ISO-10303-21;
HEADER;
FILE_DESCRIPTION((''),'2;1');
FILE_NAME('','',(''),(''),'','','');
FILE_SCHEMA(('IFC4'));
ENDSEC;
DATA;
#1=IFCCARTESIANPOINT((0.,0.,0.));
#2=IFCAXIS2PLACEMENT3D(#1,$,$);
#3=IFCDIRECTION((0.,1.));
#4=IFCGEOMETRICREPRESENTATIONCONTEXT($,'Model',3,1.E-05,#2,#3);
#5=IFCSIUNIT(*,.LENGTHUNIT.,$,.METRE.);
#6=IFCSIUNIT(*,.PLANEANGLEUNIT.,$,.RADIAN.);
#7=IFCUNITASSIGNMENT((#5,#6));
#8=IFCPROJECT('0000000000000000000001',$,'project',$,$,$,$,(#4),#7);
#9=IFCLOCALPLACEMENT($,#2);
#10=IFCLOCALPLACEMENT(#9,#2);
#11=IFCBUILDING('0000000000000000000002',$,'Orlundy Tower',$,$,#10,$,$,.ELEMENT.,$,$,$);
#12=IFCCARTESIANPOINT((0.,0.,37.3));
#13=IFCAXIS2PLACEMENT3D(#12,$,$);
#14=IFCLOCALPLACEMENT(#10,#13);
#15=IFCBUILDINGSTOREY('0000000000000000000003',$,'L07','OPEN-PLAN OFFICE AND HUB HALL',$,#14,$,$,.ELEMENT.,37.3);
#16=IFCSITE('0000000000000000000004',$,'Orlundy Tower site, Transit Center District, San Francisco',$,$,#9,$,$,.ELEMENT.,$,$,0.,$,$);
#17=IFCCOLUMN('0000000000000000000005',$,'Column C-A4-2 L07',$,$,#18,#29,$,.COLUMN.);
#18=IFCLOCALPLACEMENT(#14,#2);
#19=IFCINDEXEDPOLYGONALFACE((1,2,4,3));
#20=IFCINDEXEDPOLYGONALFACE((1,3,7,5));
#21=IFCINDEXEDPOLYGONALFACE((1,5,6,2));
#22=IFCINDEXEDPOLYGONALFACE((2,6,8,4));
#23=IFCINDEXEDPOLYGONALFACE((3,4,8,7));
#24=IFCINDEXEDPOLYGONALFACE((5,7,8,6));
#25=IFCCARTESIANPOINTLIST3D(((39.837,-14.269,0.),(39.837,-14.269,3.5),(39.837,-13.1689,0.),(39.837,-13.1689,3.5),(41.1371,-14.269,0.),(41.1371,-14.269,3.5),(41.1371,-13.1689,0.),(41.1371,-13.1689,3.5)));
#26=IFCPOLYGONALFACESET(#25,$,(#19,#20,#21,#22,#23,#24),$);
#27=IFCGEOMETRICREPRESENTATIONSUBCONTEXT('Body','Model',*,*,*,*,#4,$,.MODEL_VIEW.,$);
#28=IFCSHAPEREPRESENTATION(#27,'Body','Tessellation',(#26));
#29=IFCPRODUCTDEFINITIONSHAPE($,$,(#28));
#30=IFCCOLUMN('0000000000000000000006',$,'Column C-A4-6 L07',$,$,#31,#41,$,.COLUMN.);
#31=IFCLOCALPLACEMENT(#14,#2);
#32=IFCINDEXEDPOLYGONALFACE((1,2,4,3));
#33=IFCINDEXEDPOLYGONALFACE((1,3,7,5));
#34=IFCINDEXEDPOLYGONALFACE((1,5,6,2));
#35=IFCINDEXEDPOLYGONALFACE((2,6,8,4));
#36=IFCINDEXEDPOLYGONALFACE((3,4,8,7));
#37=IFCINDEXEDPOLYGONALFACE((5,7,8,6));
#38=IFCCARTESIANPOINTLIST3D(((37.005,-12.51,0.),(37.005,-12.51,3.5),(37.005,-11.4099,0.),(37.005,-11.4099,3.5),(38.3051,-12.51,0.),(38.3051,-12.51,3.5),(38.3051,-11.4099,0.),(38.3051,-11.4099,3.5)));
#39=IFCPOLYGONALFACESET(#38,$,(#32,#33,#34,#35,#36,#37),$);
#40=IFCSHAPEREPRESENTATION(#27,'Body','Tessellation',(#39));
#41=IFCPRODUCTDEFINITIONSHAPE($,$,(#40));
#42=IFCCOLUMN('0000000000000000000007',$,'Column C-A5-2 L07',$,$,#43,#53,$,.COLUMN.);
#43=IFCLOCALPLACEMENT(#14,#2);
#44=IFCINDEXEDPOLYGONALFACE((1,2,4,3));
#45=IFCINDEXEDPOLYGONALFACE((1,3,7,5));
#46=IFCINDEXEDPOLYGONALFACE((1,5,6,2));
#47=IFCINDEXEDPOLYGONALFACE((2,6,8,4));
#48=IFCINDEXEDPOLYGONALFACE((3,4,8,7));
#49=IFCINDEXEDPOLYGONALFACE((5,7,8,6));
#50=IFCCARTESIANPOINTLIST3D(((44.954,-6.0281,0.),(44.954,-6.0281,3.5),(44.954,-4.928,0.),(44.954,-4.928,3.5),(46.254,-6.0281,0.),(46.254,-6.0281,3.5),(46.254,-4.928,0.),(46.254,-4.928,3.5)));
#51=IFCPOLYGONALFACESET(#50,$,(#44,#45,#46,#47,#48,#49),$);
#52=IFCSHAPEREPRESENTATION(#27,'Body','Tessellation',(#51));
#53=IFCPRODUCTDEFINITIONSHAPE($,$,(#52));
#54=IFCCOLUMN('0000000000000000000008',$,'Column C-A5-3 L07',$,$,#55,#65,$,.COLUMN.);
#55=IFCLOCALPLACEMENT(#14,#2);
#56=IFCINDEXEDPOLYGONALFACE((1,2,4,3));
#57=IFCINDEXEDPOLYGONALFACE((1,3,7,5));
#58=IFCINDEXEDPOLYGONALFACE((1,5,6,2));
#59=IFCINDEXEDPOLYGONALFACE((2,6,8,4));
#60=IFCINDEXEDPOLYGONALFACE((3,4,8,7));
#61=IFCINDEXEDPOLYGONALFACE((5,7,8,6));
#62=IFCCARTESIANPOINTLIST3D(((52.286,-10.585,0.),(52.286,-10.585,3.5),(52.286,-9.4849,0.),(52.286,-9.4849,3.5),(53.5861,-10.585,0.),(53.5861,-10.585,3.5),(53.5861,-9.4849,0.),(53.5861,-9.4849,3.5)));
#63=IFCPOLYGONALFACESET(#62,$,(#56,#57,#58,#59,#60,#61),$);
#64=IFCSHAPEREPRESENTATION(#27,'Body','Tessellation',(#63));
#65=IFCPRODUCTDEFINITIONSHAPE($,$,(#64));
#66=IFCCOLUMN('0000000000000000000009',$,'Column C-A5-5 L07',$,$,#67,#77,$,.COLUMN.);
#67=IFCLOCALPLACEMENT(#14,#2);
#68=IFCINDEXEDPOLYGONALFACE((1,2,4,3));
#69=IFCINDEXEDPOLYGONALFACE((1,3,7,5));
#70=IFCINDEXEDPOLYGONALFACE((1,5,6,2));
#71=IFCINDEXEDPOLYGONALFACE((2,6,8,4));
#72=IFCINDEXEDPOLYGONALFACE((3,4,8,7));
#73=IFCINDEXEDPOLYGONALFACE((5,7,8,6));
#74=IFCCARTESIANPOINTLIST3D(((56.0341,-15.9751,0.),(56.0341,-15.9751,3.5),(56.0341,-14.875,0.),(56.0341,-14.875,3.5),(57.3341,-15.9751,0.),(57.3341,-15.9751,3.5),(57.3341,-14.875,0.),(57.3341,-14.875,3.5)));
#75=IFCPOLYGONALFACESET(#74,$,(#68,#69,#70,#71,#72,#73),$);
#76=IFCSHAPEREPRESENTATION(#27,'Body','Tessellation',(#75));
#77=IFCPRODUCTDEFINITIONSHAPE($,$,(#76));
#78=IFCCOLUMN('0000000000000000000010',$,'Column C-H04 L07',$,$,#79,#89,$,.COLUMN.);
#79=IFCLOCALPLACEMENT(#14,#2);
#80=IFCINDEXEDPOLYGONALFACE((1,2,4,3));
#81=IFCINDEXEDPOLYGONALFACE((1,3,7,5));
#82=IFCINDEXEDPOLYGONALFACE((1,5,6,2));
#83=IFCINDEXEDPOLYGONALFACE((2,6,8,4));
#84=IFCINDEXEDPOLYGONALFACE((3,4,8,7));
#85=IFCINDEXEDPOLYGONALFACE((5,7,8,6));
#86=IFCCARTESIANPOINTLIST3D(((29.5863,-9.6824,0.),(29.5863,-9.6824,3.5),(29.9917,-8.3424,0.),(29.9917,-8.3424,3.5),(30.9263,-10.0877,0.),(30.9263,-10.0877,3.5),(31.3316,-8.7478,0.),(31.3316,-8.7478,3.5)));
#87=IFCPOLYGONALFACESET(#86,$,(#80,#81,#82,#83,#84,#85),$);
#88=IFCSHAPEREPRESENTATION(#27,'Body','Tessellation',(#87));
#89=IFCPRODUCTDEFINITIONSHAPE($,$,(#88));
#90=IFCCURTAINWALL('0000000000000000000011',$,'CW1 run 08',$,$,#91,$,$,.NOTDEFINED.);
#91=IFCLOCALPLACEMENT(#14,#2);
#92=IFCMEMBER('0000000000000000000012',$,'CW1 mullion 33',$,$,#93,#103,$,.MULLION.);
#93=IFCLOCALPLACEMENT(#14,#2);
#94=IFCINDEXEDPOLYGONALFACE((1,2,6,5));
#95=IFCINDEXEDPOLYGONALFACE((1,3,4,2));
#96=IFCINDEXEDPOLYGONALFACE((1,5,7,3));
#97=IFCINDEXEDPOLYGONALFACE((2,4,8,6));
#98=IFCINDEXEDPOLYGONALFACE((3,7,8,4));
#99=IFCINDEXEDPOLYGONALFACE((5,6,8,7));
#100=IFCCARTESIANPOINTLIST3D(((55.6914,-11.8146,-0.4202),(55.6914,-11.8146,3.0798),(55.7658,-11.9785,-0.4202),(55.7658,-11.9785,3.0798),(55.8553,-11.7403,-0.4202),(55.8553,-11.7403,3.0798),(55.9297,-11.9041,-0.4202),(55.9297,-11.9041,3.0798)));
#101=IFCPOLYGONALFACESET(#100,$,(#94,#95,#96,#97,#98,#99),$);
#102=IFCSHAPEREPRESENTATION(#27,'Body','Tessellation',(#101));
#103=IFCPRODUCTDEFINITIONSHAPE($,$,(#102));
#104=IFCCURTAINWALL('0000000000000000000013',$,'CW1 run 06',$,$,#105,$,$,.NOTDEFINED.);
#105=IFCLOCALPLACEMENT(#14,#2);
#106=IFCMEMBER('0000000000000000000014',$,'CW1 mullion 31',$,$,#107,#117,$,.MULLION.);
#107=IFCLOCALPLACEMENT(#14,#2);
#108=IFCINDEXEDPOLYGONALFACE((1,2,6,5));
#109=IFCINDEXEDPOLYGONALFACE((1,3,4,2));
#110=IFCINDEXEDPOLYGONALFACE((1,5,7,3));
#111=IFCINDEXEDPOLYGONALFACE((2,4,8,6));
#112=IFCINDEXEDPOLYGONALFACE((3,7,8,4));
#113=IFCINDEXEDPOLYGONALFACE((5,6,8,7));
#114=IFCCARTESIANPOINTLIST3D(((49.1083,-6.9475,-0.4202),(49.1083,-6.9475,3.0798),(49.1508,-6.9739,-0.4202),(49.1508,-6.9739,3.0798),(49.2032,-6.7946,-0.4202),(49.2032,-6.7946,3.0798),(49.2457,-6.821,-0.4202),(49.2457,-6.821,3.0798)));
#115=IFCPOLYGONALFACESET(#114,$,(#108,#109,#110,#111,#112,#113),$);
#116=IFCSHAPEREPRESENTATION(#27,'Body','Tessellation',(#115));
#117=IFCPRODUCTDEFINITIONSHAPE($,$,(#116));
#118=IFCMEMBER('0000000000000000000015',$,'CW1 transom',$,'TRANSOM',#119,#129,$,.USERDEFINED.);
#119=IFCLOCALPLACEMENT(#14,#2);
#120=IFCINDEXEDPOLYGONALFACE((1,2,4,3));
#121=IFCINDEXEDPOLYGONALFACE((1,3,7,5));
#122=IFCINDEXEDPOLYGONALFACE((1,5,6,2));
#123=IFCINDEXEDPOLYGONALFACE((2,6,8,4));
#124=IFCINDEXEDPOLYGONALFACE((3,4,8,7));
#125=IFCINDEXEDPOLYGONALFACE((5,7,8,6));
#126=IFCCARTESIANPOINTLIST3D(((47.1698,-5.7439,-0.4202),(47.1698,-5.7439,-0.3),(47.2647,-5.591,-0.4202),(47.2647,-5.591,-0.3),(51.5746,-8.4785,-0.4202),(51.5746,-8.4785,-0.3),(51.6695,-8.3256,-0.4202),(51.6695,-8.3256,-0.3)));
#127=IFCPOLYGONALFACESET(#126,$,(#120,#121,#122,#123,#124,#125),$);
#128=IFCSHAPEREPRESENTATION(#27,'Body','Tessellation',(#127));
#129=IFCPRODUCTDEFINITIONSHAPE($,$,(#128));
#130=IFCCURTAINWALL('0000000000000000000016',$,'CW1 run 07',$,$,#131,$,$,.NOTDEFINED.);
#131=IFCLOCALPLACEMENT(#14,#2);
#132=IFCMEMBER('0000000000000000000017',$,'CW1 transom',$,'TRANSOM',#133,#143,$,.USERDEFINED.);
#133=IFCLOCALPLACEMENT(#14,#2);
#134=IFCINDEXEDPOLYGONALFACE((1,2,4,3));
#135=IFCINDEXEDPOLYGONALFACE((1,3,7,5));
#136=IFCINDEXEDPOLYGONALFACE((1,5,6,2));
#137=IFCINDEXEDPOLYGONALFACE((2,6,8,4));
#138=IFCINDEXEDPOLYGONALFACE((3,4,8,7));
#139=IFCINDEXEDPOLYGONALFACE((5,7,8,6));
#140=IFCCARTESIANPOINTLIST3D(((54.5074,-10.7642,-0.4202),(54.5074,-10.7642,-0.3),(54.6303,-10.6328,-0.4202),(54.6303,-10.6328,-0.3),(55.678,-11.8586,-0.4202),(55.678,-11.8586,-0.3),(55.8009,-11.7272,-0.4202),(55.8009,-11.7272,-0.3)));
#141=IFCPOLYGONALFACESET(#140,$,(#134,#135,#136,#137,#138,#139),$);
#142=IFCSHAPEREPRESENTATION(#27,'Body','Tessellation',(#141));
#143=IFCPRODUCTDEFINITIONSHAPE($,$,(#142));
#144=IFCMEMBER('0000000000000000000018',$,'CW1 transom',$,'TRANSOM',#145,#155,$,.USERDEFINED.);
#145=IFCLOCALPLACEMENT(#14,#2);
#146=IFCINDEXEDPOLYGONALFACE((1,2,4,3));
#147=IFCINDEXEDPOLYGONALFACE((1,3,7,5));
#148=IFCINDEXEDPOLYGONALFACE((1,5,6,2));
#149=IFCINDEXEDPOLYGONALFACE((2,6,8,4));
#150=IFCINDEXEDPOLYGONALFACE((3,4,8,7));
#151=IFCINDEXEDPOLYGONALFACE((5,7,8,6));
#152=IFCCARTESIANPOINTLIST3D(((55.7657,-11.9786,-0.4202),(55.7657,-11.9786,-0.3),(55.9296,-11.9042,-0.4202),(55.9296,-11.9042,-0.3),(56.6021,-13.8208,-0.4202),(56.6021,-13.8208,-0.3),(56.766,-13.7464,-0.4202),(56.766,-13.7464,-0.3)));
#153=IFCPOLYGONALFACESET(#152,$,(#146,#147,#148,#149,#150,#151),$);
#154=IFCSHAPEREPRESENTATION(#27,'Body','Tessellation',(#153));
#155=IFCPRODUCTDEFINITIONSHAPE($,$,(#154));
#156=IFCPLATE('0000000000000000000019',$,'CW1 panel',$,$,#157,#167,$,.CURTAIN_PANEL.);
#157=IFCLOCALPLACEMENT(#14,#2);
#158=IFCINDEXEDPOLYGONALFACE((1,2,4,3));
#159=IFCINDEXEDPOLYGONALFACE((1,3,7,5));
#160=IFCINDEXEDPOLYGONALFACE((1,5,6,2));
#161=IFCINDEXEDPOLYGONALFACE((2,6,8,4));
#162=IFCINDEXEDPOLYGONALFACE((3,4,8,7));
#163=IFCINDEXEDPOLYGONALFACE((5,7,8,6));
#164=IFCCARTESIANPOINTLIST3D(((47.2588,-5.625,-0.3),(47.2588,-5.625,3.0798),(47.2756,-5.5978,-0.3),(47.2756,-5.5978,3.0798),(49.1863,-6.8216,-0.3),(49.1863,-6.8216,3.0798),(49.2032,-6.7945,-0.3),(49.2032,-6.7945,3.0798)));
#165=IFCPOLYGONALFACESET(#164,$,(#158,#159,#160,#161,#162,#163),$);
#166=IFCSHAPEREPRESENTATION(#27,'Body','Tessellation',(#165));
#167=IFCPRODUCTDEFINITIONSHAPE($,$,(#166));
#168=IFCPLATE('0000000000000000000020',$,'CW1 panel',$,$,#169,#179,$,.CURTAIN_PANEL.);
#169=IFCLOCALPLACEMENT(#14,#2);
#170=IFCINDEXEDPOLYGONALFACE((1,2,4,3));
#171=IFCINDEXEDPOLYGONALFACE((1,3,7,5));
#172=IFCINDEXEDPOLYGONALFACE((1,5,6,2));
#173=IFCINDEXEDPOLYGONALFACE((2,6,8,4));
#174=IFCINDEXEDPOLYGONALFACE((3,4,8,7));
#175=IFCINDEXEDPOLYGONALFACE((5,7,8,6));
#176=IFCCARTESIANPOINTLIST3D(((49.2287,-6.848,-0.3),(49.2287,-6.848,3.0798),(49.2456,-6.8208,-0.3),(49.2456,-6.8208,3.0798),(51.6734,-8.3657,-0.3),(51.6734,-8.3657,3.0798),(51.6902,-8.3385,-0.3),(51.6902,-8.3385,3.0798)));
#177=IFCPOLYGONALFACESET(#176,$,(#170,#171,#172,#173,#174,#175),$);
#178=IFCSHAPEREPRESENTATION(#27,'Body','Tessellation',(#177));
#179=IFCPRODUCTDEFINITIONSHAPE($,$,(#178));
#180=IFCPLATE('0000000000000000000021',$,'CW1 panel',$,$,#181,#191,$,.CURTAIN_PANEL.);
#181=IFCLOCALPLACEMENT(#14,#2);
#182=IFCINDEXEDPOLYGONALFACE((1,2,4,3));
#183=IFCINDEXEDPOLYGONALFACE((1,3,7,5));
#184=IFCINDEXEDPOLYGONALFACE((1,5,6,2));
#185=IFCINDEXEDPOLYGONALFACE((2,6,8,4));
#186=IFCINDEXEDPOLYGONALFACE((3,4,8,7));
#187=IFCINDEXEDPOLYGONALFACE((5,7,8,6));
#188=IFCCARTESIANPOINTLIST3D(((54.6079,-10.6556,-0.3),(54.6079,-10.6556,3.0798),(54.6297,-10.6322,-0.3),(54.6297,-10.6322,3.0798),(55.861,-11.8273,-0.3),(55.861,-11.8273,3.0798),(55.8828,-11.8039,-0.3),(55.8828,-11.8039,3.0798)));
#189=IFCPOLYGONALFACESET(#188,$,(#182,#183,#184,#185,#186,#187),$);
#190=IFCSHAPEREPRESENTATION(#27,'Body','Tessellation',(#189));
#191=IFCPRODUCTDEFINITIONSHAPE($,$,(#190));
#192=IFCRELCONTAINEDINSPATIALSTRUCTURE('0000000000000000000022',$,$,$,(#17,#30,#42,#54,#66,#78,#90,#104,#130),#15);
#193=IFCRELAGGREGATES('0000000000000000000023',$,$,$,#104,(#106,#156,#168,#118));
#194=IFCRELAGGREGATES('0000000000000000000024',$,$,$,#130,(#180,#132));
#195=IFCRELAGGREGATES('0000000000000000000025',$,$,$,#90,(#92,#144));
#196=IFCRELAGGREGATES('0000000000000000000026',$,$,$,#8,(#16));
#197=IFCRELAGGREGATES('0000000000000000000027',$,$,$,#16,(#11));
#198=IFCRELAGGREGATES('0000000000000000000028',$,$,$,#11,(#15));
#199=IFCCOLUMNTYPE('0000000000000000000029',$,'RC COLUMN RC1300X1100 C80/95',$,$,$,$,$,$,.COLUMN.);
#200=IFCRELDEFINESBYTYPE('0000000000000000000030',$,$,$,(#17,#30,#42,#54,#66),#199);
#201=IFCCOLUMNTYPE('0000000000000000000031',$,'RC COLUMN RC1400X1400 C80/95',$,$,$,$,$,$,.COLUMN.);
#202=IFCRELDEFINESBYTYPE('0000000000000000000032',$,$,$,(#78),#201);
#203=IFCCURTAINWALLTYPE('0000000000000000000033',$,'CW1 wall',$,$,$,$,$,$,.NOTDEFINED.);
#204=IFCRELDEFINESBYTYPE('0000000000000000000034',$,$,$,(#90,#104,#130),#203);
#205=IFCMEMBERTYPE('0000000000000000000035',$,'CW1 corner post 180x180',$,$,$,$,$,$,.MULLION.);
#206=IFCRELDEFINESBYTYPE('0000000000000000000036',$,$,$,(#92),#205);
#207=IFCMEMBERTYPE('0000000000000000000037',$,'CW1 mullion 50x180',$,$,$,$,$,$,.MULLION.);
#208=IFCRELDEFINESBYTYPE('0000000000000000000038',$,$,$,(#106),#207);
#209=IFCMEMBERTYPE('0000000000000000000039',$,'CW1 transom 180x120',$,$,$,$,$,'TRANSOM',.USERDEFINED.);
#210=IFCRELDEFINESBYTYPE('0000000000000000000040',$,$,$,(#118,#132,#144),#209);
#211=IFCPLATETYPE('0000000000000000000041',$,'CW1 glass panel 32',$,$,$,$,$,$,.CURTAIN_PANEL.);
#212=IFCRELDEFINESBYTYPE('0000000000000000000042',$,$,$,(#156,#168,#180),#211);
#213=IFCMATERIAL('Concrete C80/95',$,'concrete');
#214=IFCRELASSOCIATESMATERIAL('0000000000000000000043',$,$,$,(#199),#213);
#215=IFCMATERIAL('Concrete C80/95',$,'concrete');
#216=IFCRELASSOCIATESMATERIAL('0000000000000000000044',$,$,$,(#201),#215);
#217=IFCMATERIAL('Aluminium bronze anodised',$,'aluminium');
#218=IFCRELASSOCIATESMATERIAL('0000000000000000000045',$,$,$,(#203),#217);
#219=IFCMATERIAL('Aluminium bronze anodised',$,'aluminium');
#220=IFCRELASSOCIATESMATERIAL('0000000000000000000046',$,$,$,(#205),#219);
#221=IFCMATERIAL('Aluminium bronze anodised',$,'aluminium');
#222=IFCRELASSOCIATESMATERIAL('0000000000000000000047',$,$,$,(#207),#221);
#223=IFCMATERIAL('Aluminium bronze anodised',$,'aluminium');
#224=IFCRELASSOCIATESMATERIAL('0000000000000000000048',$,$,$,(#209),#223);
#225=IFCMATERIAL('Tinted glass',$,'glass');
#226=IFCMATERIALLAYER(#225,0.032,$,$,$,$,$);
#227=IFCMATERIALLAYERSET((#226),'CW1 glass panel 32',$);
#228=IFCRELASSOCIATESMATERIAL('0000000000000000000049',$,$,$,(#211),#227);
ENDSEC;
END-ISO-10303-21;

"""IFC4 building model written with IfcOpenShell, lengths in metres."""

from ifc_helpers import new_model, si_unit, direction, frame, origin, origin_2d, place, context, subcontext, project, spatial, rectangle, extrude, material, layer, layer_set, material_profile, profile_set, type_object, element, aggregate, save


model = new_model("IFC4")

# Units and contexts
model_context = context("Model", 3, precision=1e-05, world=origin(), true_north=direction((0.0, 1.0)))
body_context = subcontext(model_context, "Body", "Model", "MODEL_VIEW")
ifc_project = project(units=[si_unit("LENGTHUNIT", "METRE"), si_unit("PLANEANGLEUNIT", "RADIAN")], contexts=[model_context])

# Site, building, storey
site_placement = place(None, origin())
site = spatial("IfcSite", under=ifc_project, at=site_placement, Name="Orlundy Tower site, Transit Center District, San Francisco", CompositionType="ELEMENT", RefElevation=0.0)
building_placement = place(site_placement, origin())
building = spatial("IfcBuilding", under=site, at=building_placement, Name="Orlundy Tower", CompositionType="ELEMENT")
storey_placement = place(building_placement, frame((0.0, 0.0, 37.3)))
storey = spatial("IfcBuildingStorey", under=building, at=storey_placement, Name="L07", Description="OPEN-PLAN OFFICE AND HUB HALL", CompositionType="ELEMENT", Elevation=37.3)

# Columns
ifc_material_1 = material(Name="Concrete C80/95", Category="concrete")
ifc_material_profile_1 = material_profile(ifc_material_1, rectangle(XDim=1.3, YDim=1.1001, at=origin_2d()), Name="RC1300X1100")
ifc_profile_set_1 = profile_set([ifc_material_profile_1], Name="Concrete C80/95")
column_type_1 = type_object("IfcColumnType", Name="RC COLUMN RC1300X1100 C80/95", PredefinedType="COLUMN", material=ifc_profile_set_1)
for number, where, z_axis, x_axis, name in (
    (1, (40.4871, -13.719, 0.0), (0.0, 0.0, 1.0), (1.0, 0.0, 0.0), "Column C-A4-2 L07"),
    (2, (37.655, -11.96, 0.0), (0.0, 0.0, 1.0), (1.0, 0.0, 0.0), "Column C-A4-6 L07"),
    (3, (45.604, -5.478, 0.0), (0.0, 0.0, 1.0), (1.0, 0.0, 0.0), "Column C-A5-2 L07"),
    (4, (52.936, -10.0349, 0.0), (0.0, 0.0, 1.0), (1.0, 0.0, 0.0), "Column C-A5-3 L07"),
    (5, (56.6841, -15.425, 0.0), (0.0, 0.0, 1.0), (1.0, 0.0, 0.0), "Column C-A5-5 L07"),
):
    element("IfcColumn", number, at=place(storey_placement, frame(where, z_axis=z_axis, x_axis=x_axis)), inside=storey, type_object=column_type_1, Name=name, PredefinedType="COLUMN", context=body_context, shape_type="SweptSolid", body=[
        extrude(rectangle(XDim=1.3, YDim=1.1001, at=origin_2d()), origin(), (0.0, 0.0, 1.0), 3.5),
    ])
ifc_material_2 = material(Name="Concrete C80/95", Category="concrete")
ifc_material_profile_2 = material_profile(ifc_material_2, rectangle(XDim=1.3999, YDim=1.3999, at=origin_2d()), Name="RC1400X1400")
ifc_profile_set_2 = profile_set([ifc_material_profile_2], Name="Concrete C80/95")
column_type_2 = type_object("IfcColumnType", Name="RC COLUMN RC1400X1400 C80/95", PredefinedType="COLUMN", material=ifc_profile_set_2)
column_placement = place(storey_placement, frame((30.459, -9.2151, 0.0), z_axis=(0.0, 0.0, 1.0), x_axis=(0.957153, -0.289583, 0.0)))
element("IfcColumn", 6, at=column_placement, inside=storey, type_object=column_type_2, Name="Column C-H04 L07", PredefinedType="COLUMN", context=body_context, shape_type="SweptSolid", body=[
    extrude(rectangle(XDim=1.3999, YDim=1.3999, at=origin_2d()), origin(), (0.0, 0.0, 1.0), 3.5),
])

# Curtain wall, member
ifc_material_3 = material(Name="Aluminium bronze anodised", Category="aluminium")
curtain_wall_type = type_object("IfcCurtainWallType", Name="CW1 wall", PredefinedType="NOTDEFINED", material=ifc_material_3)
curtain_wall_1_placement = place(storey_placement, origin())
curtain_wall_1 = element("IfcCurtainWall", 7, at=curtain_wall_1_placement, inside=storey, type_object=curtain_wall_type, Name="CW1 run 08", PredefinedType="NOTDEFINED")
ifc_material_4 = material(Name="Aluminium bronze anodised", Category="aluminium")
ifc_material_profile_3 = material_profile(ifc_material_4, rectangle(XDim=0.1799, YDim=0.1799, at=origin_2d()), Name="CW1 corner post 180x180")
ifc_profile_set_3 = profile_set([ifc_material_profile_3], Name="Aluminium bronze anodised")
member_type_1 = type_object("IfcMemberType", Name="CW1 corner post 180x180", PredefinedType="MULLION", material=ifc_profile_set_3)
member_1_placement = place(storey_placement, frame((55.8105, -11.8594, -0.4202), z_axis=(0.0, 0.0, 1.0), x_axis=(0.910579, 0.413335, 0.0)))
member_1 = element("IfcMember", 8, at=member_1_placement, type_object=member_type_1, Name="CW1 mullion 33", PredefinedType="MULLION", context=body_context, shape_type="SweptSolid", body=[
    extrude(rectangle(XDim=0.1799, YDim=0.1799, at=origin_2d()), origin(), (0.0, 0.0, 1.0), 3.5),
])

# Curtain wall, members
curtain_wall_2_placement = place(storey_placement, origin())
curtain_wall_2 = element("IfcCurtainWall", 9, at=curtain_wall_2_placement, inside=storey, type_object=curtain_wall_type, Name="CW1 run 06", PredefinedType="NOTDEFINED")
ifc_material_5 = material(Name="Aluminium bronze anodised", Category="aluminium")
ifc_material_profile_4 = material_profile(ifc_material_5, rectangle(XDim=0.1799, YDim=0.05, at=origin_2d()), Name="CW1 mullion 50x180")
ifc_profile_set_4 = profile_set([ifc_material_profile_4], Name="Aluminium bronze anodised")
member_type_2 = type_object("IfcMemberType", Name="CW1 mullion 50x180", PredefinedType="MULLION", material=ifc_profile_set_4)
member_2_placement = place(storey_placement, frame((49.177, -6.8843, -0.4202), z_axis=(0.0, 0.0, 1.0), x_axis=(0.527453, 0.849584, 0.0)))
member_2 = element("IfcMember", 10, at=member_2_placement, type_object=member_type_2, Name="CW1 mullion 31", PredefinedType="MULLION", context=body_context, shape_type="SweptSolid", body=[
    extrude(rectangle(XDim=0.1799, YDim=0.05, at=origin_2d()), origin(), (0.0, 0.0, 1.0), 3.5),
])
ifc_material_6 = material(Name="Aluminium bronze anodised", Category="aluminium")
ifc_material_profile_5 = material_profile(ifc_material_6, rectangle(XDim=0.1799, YDim=0.1201, at=origin_2d()), Name="CW1 transom 180x120")
ifc_profile_set_5 = profile_set([ifc_material_profile_5], Name="Aluminium bronze anodised")
member_type_3 = type_object("IfcMemberType", Name="CW1 transom 180x120", ElementType="TRANSOM", PredefinedType="USERDEFINED", material=ifc_profile_set_5)
member_3_placement = place(storey_placement, frame((47.2173, -5.6675, -0.3601), z_axis=(0.849587, -0.527448, 0.0), x_axis=(0.527448, 0.849587, 0.0)))
member_3 = element("IfcMember", 11, at=member_3_placement, type_object=member_type_3, Name="CW1 transom", ObjectType="TRANSOM", PredefinedType="USERDEFINED", context=body_context, shape_type="SweptSolid", body=[
    extrude(rectangle(XDim=0.1799, YDim=0.1201, at=origin_2d()), origin(), (0.0, 0.0, 1.0), 5.1846),
])

# Curtain wall, member
curtain_wall_3_placement = place(storey_placement, origin())
curtain_wall_3 = element("IfcCurtainWall", 12, at=curtain_wall_3_placement, inside=storey, type_object=curtain_wall_type, Name="CW1 run 07", PredefinedType="NOTDEFINED")
member_4_placement = place(storey_placement, frame((54.5688, -10.6985, -0.3601), z_axis=(0.730472, -0.682942, 0.0), x_axis=(0.682942, 0.730472, 0.0)))
member_4 = element("IfcMember", 13, at=member_4_placement, type_object=member_type_3, Name="CW1 transom", ObjectType="TRANSOM", PredefinedType="USERDEFINED", context=body_context, shape_type="SweptSolid", body=[
    extrude(rectangle(XDim=0.1799, YDim=0.1201, at=origin_2d()), origin(), (0.0, 0.0, 1.0), 1.6025),
])

# Member
member_5_placement = place(storey_placement, frame((55.8477, -11.9414, -0.3601), z_axis=(0.413403, -0.910548, 0.0), x_axis=(0.910548, 0.413403, 0.0)))
member_5 = element("IfcMember", 14, at=member_5_placement, type_object=member_type_3, Name="CW1 transom", ObjectType="TRANSOM", PredefinedType="USERDEFINED", context=body_context, shape_type="SweptSolid", body=[
    extrude(rectangle(XDim=0.1799, YDim=0.1201, at=origin_2d()), origin(), (0.0, 0.0, 1.0), 2.0232),
])

# Plates
ifc_material_7 = material(Name="Tinted glass", Category="glass")
ifc_layer_1 = layer(ifc_material_7, 0.032)
ifc_layer_set_1 = layer_set([ifc_layer_1], Name="CW1 glass panel 32")
plate_type = type_object("IfcPlateType", Name="CW1 glass panel 32", PredefinedType="CURTAIN_PANEL", material=ifc_layer_set_1)
plate_1_placement = place(storey_placement, frame((48.231, -6.2097, -0.3), z_axis=(0.0, 0.0, 1.0), x_axis=(0.849584, -0.527453, 0.0)))
plate_1 = element("IfcPlate", 15, at=plate_1_placement, type_object=plate_type, Name="CW1 panel", PredefinedType="CURTAIN_PANEL", context=body_context, shape_type="SweptSolid", body=[
    extrude(rectangle(XDim=2.2688, YDim=0.032, at=origin_2d()), origin(), (0.0, 0.0, 1.0), 3.3799),
])
plate_2_placement = place(storey_placement, frame((50.4595, -7.5933, -0.3), z_axis=(0.0, 0.0, 1.0), x_axis=(0.849584, -0.527453, 0.0)))
plate_2 = element("IfcPlate", 16, at=plate_2_placement, type_object=plate_type, Name="CW1 panel", PredefinedType="CURTAIN_PANEL", context=body_context, shape_type="SweptSolid", body=[
    extrude(rectangle(XDim=2.8774, YDim=0.032, at=origin_2d()), origin(), (0.0, 0.0, 1.0), 3.3799),
])
aggregate(curtain_wall_2, [member_2, plate_1, plate_2, member_3])
plate_3_placement = place(storey_placement, frame((55.2454, -11.2297, -0.3), z_axis=(0.0, 0.0, 1.0), x_axis=(0.730445, -0.682971, 0.0)))
plate_3 = element("IfcPlate", 17, at=plate_3_placement, type_object=plate_type, Name="CW1 panel", PredefinedType="CURTAIN_PANEL", context=body_context, shape_type="SweptSolid", body=[
    extrude(rectangle(XDim=1.7156, YDim=0.032, at=origin_2d()), origin(), (0.0, 0.0, 1.0), 3.3799),
])
aggregate(curtain_wall_3, [plate_3, member_4])
aggregate(curtain_wall_1, [member_1, member_5])

save(model, "model.ifc")
